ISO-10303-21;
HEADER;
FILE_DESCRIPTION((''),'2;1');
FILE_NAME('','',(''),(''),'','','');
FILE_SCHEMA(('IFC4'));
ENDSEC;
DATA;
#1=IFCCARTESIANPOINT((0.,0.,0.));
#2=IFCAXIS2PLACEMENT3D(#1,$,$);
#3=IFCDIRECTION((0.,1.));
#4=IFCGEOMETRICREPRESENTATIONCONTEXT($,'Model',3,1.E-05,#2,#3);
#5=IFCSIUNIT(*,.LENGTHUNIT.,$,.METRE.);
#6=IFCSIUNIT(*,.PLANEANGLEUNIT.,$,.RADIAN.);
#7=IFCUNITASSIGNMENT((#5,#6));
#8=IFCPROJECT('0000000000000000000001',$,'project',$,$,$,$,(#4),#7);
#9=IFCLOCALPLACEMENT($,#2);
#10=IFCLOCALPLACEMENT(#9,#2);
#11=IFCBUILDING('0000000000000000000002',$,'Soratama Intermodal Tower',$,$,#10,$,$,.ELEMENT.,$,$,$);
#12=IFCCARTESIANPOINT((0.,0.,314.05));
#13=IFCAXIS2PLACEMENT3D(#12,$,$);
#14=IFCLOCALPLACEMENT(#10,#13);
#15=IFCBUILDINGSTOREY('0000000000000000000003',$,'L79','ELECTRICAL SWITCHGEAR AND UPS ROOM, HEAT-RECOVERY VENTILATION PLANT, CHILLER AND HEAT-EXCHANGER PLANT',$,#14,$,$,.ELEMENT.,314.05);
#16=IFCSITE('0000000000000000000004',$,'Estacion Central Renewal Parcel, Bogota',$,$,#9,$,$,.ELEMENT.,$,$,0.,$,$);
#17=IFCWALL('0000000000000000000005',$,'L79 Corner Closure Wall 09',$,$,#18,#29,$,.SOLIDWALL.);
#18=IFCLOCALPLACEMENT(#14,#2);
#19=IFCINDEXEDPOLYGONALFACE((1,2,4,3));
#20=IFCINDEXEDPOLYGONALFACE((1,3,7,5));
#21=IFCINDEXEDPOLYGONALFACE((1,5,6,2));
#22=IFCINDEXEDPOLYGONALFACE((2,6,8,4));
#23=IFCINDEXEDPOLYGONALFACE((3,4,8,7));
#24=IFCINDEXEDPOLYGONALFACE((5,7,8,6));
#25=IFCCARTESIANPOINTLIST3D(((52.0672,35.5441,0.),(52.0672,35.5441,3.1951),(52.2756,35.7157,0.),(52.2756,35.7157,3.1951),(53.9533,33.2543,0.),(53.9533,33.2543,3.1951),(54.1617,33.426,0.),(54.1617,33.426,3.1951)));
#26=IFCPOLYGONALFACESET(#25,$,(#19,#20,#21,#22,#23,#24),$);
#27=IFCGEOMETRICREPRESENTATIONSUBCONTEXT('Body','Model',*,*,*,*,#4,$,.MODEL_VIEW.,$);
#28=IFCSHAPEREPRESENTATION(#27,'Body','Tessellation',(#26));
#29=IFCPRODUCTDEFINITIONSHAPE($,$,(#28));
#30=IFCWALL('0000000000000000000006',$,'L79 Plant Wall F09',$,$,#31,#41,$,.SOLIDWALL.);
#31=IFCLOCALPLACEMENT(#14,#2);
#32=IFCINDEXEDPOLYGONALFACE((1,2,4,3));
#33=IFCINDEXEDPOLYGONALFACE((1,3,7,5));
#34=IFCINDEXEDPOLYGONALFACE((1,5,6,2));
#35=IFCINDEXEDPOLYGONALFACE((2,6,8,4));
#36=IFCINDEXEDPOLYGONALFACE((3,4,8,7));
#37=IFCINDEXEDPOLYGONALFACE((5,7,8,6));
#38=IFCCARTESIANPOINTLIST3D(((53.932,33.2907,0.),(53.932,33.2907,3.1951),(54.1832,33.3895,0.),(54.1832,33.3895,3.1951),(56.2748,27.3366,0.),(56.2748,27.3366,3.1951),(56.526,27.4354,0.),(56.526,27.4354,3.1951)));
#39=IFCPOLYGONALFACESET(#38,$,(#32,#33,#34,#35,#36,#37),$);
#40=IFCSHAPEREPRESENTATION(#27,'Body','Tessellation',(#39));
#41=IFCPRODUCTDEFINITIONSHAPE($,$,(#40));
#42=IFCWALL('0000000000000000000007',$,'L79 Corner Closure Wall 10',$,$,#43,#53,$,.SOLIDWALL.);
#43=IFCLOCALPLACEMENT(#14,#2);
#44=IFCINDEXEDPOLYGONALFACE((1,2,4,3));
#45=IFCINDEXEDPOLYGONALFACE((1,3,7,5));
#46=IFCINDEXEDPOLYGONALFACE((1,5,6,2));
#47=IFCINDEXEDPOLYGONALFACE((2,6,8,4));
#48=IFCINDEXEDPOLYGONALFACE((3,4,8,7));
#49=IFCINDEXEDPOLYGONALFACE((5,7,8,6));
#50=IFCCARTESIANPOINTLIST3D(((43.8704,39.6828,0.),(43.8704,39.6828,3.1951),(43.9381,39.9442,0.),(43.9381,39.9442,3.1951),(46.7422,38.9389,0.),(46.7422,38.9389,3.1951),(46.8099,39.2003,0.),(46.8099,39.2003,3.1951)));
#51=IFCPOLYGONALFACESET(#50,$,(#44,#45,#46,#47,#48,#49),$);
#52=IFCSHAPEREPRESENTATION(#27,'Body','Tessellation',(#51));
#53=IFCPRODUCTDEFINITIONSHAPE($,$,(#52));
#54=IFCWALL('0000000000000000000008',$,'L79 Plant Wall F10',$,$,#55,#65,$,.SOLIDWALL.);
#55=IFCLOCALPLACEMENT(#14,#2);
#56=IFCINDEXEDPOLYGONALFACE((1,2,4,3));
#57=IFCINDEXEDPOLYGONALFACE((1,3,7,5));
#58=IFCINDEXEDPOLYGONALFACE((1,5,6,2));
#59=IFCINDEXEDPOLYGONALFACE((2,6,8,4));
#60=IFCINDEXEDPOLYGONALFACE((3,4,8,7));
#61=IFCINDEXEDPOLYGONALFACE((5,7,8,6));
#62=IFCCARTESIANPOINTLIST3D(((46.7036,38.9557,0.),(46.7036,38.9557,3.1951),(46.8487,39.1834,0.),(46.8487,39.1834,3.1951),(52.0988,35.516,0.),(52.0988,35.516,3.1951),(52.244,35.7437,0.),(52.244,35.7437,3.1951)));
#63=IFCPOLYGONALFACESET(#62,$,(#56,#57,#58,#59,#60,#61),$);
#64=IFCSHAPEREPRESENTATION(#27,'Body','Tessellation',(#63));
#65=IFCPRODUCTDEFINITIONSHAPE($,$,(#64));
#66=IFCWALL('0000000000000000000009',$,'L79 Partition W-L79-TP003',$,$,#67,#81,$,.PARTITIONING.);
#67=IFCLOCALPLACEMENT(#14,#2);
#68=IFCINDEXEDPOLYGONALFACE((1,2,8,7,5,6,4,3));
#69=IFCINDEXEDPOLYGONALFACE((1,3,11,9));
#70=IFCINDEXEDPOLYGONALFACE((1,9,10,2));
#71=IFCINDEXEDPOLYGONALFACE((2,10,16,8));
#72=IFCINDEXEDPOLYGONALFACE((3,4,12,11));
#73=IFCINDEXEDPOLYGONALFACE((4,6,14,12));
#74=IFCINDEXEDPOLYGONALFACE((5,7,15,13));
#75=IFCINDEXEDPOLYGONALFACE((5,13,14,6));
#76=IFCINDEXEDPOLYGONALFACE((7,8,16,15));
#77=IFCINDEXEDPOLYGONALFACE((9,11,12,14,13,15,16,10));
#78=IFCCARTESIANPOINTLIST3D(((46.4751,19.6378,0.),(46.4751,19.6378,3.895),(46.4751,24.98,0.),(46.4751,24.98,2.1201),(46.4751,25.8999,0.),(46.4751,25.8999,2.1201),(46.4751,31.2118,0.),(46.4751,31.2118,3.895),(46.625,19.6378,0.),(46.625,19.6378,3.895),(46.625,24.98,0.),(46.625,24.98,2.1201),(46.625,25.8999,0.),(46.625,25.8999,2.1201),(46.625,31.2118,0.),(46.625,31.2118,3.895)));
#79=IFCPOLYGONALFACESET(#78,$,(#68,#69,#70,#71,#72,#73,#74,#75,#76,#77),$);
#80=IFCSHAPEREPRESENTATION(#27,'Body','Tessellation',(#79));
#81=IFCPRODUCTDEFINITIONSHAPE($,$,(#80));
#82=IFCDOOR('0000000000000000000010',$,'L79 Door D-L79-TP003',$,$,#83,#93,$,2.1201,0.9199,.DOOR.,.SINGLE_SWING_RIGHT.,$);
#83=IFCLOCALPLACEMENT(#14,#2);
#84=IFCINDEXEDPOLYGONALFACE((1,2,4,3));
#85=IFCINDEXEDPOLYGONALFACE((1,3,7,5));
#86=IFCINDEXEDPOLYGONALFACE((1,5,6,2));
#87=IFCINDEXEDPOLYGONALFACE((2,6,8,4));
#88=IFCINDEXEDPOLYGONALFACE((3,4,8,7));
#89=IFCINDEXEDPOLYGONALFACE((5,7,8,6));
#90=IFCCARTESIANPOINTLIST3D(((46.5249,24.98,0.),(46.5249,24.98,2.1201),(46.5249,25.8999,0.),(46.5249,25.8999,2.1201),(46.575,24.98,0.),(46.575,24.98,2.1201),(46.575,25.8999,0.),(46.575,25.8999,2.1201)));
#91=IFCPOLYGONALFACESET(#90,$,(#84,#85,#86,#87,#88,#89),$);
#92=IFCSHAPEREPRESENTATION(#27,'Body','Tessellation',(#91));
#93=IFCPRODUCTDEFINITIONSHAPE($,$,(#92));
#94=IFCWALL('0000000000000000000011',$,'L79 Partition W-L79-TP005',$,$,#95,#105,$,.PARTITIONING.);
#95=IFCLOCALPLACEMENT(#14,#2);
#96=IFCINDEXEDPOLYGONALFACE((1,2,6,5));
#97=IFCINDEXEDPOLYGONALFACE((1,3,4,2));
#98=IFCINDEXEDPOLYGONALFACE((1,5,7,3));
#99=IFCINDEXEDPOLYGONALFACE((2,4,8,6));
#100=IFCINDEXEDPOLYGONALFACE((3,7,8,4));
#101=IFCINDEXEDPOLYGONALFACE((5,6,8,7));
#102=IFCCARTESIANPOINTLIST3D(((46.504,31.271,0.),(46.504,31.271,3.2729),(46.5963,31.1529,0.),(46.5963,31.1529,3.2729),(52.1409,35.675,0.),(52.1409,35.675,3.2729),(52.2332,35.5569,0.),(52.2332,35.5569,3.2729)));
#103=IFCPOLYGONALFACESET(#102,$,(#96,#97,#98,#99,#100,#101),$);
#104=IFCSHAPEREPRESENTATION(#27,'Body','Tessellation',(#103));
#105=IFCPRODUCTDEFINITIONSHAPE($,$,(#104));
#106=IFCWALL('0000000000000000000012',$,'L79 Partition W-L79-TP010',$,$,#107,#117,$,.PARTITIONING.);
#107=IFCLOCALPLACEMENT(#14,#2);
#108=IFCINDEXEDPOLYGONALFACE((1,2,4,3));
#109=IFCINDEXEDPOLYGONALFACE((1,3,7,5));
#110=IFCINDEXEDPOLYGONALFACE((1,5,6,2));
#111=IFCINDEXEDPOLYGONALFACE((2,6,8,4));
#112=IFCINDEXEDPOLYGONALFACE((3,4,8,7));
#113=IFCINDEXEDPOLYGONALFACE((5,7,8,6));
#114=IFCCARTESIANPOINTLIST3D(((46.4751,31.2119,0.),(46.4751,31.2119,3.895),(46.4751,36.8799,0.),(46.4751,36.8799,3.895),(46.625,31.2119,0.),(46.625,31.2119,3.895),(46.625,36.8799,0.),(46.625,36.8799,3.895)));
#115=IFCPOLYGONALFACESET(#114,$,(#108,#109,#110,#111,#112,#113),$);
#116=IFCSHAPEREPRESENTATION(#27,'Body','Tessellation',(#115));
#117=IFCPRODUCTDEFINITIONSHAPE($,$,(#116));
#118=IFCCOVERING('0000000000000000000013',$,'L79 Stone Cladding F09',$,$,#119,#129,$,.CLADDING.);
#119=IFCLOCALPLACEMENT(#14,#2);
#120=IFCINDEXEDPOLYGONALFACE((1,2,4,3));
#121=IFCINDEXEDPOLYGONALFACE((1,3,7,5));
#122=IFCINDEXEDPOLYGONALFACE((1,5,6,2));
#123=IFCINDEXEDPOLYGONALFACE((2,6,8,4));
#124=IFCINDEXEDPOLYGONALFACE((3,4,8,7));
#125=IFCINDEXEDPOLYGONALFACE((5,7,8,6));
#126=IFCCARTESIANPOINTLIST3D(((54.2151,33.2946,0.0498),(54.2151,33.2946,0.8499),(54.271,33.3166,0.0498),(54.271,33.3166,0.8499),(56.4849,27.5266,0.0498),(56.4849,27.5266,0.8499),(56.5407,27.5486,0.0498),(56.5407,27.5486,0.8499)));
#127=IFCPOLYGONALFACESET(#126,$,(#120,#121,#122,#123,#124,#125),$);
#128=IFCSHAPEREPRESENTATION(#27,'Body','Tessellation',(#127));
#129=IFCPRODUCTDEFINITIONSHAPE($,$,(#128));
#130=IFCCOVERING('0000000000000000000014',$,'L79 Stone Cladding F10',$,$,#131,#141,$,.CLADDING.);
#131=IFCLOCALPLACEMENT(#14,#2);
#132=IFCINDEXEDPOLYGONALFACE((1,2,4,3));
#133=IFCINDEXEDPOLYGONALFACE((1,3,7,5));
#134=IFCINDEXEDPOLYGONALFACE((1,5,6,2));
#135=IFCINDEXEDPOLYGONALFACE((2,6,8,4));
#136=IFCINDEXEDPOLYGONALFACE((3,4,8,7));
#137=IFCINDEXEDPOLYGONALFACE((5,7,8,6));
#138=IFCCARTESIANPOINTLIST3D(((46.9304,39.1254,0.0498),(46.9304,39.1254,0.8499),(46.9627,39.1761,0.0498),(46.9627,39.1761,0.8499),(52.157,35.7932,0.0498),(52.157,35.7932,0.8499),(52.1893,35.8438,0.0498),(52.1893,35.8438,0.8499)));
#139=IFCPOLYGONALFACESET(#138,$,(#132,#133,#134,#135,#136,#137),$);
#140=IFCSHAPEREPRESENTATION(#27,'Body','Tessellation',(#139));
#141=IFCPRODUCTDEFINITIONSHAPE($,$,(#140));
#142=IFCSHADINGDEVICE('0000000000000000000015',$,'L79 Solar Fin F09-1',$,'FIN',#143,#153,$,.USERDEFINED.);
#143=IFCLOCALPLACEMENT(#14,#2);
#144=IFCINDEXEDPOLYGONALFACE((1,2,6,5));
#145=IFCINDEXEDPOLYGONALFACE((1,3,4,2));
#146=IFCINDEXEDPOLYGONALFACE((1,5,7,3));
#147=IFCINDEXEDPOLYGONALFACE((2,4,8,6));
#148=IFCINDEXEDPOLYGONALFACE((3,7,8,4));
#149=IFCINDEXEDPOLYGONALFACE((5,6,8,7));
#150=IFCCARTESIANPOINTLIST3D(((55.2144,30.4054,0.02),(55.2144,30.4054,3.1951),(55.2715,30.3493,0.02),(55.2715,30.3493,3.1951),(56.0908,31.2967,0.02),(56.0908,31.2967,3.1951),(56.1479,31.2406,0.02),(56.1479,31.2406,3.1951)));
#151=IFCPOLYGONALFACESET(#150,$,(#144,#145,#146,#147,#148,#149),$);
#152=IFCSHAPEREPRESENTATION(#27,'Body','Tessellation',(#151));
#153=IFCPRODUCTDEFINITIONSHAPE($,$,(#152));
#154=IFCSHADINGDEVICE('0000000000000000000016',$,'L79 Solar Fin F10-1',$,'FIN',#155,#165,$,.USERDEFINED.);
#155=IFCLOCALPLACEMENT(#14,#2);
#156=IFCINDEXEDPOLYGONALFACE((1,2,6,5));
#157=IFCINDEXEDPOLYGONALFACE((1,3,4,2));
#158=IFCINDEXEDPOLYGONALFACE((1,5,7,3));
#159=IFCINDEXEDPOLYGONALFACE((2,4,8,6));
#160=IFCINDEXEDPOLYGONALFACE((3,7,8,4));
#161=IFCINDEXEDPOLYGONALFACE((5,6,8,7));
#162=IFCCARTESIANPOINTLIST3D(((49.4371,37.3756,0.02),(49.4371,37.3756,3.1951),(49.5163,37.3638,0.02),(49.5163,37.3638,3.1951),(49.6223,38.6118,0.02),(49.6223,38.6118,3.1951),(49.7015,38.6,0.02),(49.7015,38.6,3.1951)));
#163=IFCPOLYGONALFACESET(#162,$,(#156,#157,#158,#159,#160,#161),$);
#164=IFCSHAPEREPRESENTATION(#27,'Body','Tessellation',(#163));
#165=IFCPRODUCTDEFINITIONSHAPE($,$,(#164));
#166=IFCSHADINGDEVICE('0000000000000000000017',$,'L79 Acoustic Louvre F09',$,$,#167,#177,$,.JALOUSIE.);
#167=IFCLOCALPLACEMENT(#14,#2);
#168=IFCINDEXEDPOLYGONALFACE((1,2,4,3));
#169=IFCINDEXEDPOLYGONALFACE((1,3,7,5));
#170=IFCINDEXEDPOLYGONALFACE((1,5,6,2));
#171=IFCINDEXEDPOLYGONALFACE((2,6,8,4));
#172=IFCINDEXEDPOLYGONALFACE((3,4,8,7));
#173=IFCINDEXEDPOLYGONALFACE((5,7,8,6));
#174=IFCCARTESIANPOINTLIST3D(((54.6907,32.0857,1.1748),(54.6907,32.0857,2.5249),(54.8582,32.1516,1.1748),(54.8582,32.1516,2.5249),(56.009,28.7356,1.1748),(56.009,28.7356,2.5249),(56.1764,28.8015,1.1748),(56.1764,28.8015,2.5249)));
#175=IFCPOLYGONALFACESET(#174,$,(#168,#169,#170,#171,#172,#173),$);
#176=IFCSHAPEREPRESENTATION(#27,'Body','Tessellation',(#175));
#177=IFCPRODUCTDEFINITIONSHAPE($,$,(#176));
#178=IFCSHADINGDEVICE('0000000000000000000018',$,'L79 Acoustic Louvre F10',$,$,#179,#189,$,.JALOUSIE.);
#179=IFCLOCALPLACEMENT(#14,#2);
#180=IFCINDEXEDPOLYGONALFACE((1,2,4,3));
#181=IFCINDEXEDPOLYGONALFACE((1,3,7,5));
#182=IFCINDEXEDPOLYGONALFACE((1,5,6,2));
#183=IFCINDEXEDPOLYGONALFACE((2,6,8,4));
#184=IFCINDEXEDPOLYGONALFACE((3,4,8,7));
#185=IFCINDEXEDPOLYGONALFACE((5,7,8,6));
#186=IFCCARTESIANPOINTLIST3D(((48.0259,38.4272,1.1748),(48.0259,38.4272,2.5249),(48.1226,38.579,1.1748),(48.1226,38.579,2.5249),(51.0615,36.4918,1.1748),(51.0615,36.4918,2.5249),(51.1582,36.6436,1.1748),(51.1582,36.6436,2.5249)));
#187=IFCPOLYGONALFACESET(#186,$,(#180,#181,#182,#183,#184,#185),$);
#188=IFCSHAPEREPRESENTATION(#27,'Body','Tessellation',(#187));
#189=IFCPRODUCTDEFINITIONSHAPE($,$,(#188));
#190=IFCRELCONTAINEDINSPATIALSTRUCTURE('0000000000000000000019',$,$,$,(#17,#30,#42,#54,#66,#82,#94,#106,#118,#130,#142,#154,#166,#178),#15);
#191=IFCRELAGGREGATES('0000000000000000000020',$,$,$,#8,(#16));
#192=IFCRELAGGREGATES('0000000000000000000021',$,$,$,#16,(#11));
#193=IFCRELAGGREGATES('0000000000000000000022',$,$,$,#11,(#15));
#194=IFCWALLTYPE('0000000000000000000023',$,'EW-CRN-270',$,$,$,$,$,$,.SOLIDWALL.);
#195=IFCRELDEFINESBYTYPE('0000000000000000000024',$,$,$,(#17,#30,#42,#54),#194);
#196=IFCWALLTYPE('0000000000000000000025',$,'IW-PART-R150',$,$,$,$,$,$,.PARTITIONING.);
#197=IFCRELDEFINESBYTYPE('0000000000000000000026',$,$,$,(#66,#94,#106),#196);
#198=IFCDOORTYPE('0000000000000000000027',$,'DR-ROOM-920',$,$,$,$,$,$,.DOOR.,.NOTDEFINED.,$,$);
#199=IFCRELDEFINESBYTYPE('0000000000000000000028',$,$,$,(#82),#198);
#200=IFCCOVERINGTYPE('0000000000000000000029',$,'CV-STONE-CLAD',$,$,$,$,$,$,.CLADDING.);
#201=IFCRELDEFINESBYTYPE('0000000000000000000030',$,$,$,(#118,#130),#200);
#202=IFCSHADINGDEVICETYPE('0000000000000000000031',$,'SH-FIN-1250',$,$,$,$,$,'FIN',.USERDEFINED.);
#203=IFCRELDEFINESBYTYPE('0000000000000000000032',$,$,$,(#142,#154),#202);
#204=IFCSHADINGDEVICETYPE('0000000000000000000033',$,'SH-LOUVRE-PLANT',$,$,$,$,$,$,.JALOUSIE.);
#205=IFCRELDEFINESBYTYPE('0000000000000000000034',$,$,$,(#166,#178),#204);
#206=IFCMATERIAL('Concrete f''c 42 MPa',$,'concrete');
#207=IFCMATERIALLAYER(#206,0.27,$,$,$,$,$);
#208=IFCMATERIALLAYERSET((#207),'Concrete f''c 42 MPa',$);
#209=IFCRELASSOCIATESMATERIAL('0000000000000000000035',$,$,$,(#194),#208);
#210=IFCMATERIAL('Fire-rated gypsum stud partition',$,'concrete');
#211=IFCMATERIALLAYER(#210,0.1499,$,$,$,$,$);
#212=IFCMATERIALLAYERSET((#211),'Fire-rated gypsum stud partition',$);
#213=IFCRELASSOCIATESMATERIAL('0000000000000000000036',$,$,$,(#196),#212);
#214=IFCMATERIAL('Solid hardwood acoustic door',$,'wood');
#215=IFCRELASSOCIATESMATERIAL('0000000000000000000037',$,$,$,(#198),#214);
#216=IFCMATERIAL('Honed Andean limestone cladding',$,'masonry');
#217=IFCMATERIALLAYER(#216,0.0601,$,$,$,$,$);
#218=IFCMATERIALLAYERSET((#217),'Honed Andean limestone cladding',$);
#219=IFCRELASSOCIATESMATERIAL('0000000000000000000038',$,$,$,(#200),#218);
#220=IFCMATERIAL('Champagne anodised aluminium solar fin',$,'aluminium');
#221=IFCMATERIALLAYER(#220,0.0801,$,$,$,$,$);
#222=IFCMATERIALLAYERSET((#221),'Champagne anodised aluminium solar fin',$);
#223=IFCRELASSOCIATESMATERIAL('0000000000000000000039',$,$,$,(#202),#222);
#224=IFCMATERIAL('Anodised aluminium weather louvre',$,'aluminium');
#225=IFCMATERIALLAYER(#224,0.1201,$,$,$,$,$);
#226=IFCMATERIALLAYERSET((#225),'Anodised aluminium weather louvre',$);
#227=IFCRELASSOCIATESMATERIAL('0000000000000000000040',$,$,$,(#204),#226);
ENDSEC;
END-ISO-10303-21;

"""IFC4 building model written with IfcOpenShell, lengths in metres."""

from ifc_helpers import new_model, si_unit, direction, frame, frame_2d, origin, origin_2d, place, context, subcontext, project, spatial, rectangle, extrude, material, layer, layer_set, type_object, element, fill, save


model = new_model("IFC4")

# Units and contexts
model_context = context("Model", 3, precision=1e-05, world=origin(), true_north=direction((0.0, 1.0)))
body_context = subcontext(model_context, "Body", "Model", "MODEL_VIEW")
ifc_project = project(units=[si_unit("LENGTHUNIT", "METRE"), si_unit("PLANEANGLEUNIT", "RADIAN")], contexts=[model_context])

# Site, building, storey
site_placement = place(None, origin())
site = spatial("IfcSite", under=ifc_project, at=site_placement, Name="Estacion Central Renewal Parcel, Bogota", CompositionType="ELEMENT", RefElevation=0.0)
building_placement = place(site_placement, origin())
building = spatial("IfcBuilding", under=site, at=building_placement, Name="Soratama Intermodal Tower", CompositionType="ELEMENT")
storey_placement = place(building_placement, frame((0.0, 0.0, 314.05)))
storey = spatial("IfcBuildingStorey", under=building, at=storey_placement, Name="L79", Description="ELECTRICAL SWITCHGEAR AND UPS ROOM, HEAT-RECOVERY VENTILATION PLANT, CHILLER AND HEAT-EXCHANGER PLANT", CompositionType="ELEMENT", Elevation=314.05)

# Walls
ifc_material_1 = material(Name="Concrete f'c 42 MPa", Category="concrete")
ifc_layer_1 = layer(ifc_material_1, 0.27)
ifc_layer_set_1 = layer_set([ifc_layer_1], Name="Concrete f'c 42 MPa")
wall_type_1 = type_object("IfcWallType", Name="EW-CRN-270", PredefinedType="SOLIDWALL", material=ifc_layer_set_1)
wall_1_placement = place(storey_placement, frame((54.0576, 33.3401, 0.0), z_axis=(0.0, 0.0, 1.0), x_axis=(-0.635811, 0.771845, 0.0)))
element("IfcWall", 1, at=wall_1_placement, inside=storey, type_object=wall_type_1, Name="L79 Corner Closure Wall 09", PredefinedType="SOLIDWALL", context=body_context, shape_type="SweptSolid", body=[
    extrude(rectangle(XDim=2.9666, YDim=0.27, at=frame_2d((1.4834, 0.0))), origin(), (0.0, 0.0, 1.0), 3.1951),
])
wall_2_placement = place(storey_placement, frame((56.4004, 27.386, 0.0), z_axis=(0.0, 0.0, 1.0), x_axis=(-0.366148, 0.930557, 0.0)))
element("IfcWall", 2, at=wall_2_placement, inside=storey, type_object=wall_type_1, Name="L79 Plant Wall F09", PredefinedType="SOLIDWALL", context=body_context, shape_type="SweptSolid", body=[
    extrude(rectangle(XDim=6.3984, YDim=0.27, at=frame_2d((3.1992, 0.0))), origin(), (0.0, 0.0, 1.0), 3.1951),
])
wall_3_placement = place(storey_placement, frame((46.7761, 39.0696, 0.0), z_axis=(0.0, 0.0, 1.0), x_axis=(-0.96805, 0.250757, 0.0)))
element("IfcWall", 3, at=wall_3_placement, inside=storey, type_object=wall_type_1, Name="L79 Corner Closure Wall 10", PredefinedType="SOLIDWALL", context=body_context, shape_type="SweptSolid", body=[
    extrude(rectangle(XDim=2.9666, YDim=0.27, at=frame_2d((1.4834, 0.0))), origin(), (0.0, 0.0, 1.0), 3.1951),
])
wall_4_placement = place(storey_placement, frame((52.1714, 35.6299, 0.0), z_axis=(0.0, 0.0, 1.0), x_axis=(-0.843212, 0.537581, 0.0)))
element("IfcWall", 4, at=wall_4_placement, inside=storey, type_object=wall_type_1, Name="L79 Plant Wall F10", PredefinedType="SOLIDWALL", context=body_context, shape_type="SweptSolid", body=[
    extrude(rectangle(XDim=6.3984, YDim=0.27, at=frame_2d((3.1992, 0.0))), origin(), (0.0, 0.0, 1.0), 3.1951),
])

# Wall, opening, door
ifc_material_2 = material(Name="Fire-rated gypsum stud partition", Category="concrete")
ifc_layer_2 = layer(ifc_material_2, 0.1499)
ifc_layer_set_2 = layer_set([ifc_layer_2], Name="Fire-rated gypsum stud partition")
wall_type_2 = type_object("IfcWallType", Name="IW-PART-R150", PredefinedType="PARTITIONING", material=ifc_layer_set_2)
wall_5_placement = place(storey_placement, frame((46.55, 31.2119, 0.0), z_axis=(0.0, 0.0, 1.0), x_axis=(0.0, -1.0, 0.0)))
wall_5 = element("IfcWall", 5, at=wall_5_placement, inside=storey, type_object=wall_type_2, Name="L79 Partition W-L79-TP003", PredefinedType="PARTITIONING", context=body_context, shape_type="SweptSolid", body=[
    extrude(rectangle(XDim=11.574, YDim=0.1499, at=frame_2d((5.7871, 0.0))), origin(), (0.0, 0.0, 1.0), 3.895),
])
opening_placement = place(wall_5_placement, frame((5.312, 0.0, 0.0)))
opening = element("IfcOpeningElement", 6, at=opening_placement, cuts=wall_5, PredefinedType="OPENING", context=body_context, shape_type="SweptSolid", body=[
    extrude(rectangle(XDim=0.9199, YDim=2.1201, at=frame_2d((0.46, 1.0601))), frame((0.0, 0.085, 0.0), z_axis=(0.0, -1.0, 0.0), x_axis=(1.0, 0.0, 0.0)), (0.0, 0.0, 1.0), 0.1699),
])
ifc_material_3 = material(Name="Solid hardwood acoustic door", Category="wood")
door_type = type_object("IfcDoorType", Name="DR-ROOM-920", OperationType="NOTDEFINED", PredefinedType="DOOR", material=ifc_material_3)
door_placement = place(opening_placement, origin())
door = element("IfcDoor", 7, at=door_placement, inside=storey, type_object=door_type, Name="L79 Door D-L79-TP003", OperationType="SINGLE_SWING_RIGHT", OverallHeight=2.1201, OverallWidth=0.9199, PredefinedType="DOOR", context=body_context, shape_type="SweptSolid", body=[
    extrude(rectangle(XDim=0.9199, YDim=2.1201, at=frame_2d((0.46, 1.0601))), frame((0.0, 0.0249, 0.0), z_axis=(0.0, -1.0, 0.0), x_axis=(1.0, 0.0, 0.0)), (0.0, 0.0, 1.0), 0.05),
])
fill(opening, door)

# Walls
wall_6_placement = place(storey_placement, frame((52.187, 35.616, 0.0), z_axis=(0.0, 0.0, 1.0), x_axis=(-0.788012, -0.615659, 0.0)))
element("IfcWall", 8, at=wall_6_placement, inside=storey, type_object=wall_type_2, Name="L79 Partition W-L79-TP005", PredefinedType="PARTITIONING", context=body_context, shape_type="SweptSolid", body=[
    extrude(rectangle(XDim=7.1533, YDim=0.1499, at=frame_2d((3.5767, 0.0))), origin(), (0.0, 0.0, 1.0), 3.2729),
])
wall_7_placement = place(storey_placement, frame((46.55, 36.8799, 0.0), z_axis=(0.0, 0.0, 1.0), x_axis=(0.0, -1.0, 0.0)))
element("IfcWall", 9, at=wall_7_placement, inside=storey, type_object=wall_type_2, Name="L79 Partition W-L79-TP010", PredefinedType="PARTITIONING", context=body_context, shape_type="SweptSolid", body=[
    extrude(rectangle(XDim=5.668, YDim=0.1499, at=frame_2d((2.834, 0.0))), origin(), (0.0, 0.0, 1.0), 3.895),
])

# Coverings
ifc_material_4 = material(Name="Honed Andean limestone cladding", Category="masonry")
ifc_layer_3 = layer(ifc_material_4, 0.0601)
ifc_layer_set_3 = layer_set([ifc_layer_3], Name="Honed Andean limestone cladding")
covering_type = type_object("IfcCoveringType", Name="CV-STONE-CLAD", PredefinedType="CLADDING", material=ifc_layer_set_3)
for number, where, z_axis, x_axis, name in (
    (10, (55.3779, 30.4216, 0.0498), (0.0, 0.0, 1.0), (-0.366176, 0.930545, 0.0), "L79 Stone Cladding F09"),
    (11, (49.5598, 37.4846, 0.0498), (0.0, 0.0, 1.0), (-0.843204, 0.537594, 0.0), "L79 Stone Cladding F10"),
):
    element("IfcCovering", number, at=place(storey_placement, frame(where, z_axis=z_axis, x_axis=x_axis)), inside=storey, type_object=covering_type, Name=name, PredefinedType="CLADDING", context=body_context, shape_type="SweptSolid", body=[
        extrude(rectangle(XDim=6.1985, YDim=0.0601, at=origin_2d()), origin(), (0.0, 0.0, 1.0), 0.8),
    ])

# Shading devices
ifc_material_5 = material(Name="Champagne anodised aluminium solar fin", Category="aluminium")
ifc_layer_4 = layer(ifc_material_5, 0.0801)
ifc_layer_set_4 = layer_set([ifc_layer_4], Name="Champagne anodised aluminium solar fin")
shading_device_type_1 = type_object("IfcShadingDeviceType", Name="SH-FIN-1250", ElementType="FIN", PredefinedType="USERDEFINED", material=ifc_layer_set_4)
for number, where, z_axis, x_axis, name in (
    (12, (55.6812, 30.823, 0.02), (0.0, 0.0, 1.0), (0.701158, 0.713006, 0.0), "L79 Solar Fin F09-1"),
    (13, (49.5693, 37.9878, 0.02), (0.0, 0.0, 1.0), (0.148155, 0.988964, 0.0), "L79 Solar Fin F10-1"),
):
    element("IfcShadingDevice", number, at=place(storey_placement, frame(where, z_axis=z_axis, x_axis=x_axis)), inside=storey, type_object=shading_device_type_1, Name=name, ObjectType="FIN", PredefinedType="USERDEFINED", context=body_context, shape_type="SweptSolid", body=[
        extrude(rectangle(XDim=1.25, YDim=0.0801, at=origin_2d()), origin(), (0.0, 0.0, 1.0), 3.175),
    ])
ifc_material_6 = material(Name="Anodised aluminium weather louvre", Category="aluminium")
ifc_layer_5 = layer(ifc_material_6, 0.1201)
ifc_layer_set_5 = layer_set([ifc_layer_5], Name="Anodised aluminium weather louvre")
shading_device_type_2 = type_object("IfcShadingDeviceType", Name="SH-LOUVRE-PLANT", PredefinedType="JALOUSIE", material=ifc_layer_set_5)
for number, where, z_axis, x_axis, name in (
    (14, (55.4336, 30.4436, 1.1748), (0.0, 0.0, 1.0), (-0.366176, 0.930545, 0.0), "L79 Acoustic Louvre F09"),
    (15, (49.592, 37.5354, 1.1748), (0.0, 0.0, 1.0), (-0.843204, 0.537594, 0.0), "L79 Acoustic Louvre F10"),
):
    element("IfcShadingDevice", number, at=place(storey_placement, frame(where, z_axis=z_axis, x_axis=x_axis)), inside=storey, type_object=shading_device_type_2, Name=name, PredefinedType="JALOUSIE", context=body_context, shape_type="SweptSolid", body=[
        extrude(rectangle(XDim=3.6001, YDim=0.1799, at=origin_2d()), origin(), (0.0, 0.0, 1.0), 1.3501),
    ])

save(model, "model.ifc")
